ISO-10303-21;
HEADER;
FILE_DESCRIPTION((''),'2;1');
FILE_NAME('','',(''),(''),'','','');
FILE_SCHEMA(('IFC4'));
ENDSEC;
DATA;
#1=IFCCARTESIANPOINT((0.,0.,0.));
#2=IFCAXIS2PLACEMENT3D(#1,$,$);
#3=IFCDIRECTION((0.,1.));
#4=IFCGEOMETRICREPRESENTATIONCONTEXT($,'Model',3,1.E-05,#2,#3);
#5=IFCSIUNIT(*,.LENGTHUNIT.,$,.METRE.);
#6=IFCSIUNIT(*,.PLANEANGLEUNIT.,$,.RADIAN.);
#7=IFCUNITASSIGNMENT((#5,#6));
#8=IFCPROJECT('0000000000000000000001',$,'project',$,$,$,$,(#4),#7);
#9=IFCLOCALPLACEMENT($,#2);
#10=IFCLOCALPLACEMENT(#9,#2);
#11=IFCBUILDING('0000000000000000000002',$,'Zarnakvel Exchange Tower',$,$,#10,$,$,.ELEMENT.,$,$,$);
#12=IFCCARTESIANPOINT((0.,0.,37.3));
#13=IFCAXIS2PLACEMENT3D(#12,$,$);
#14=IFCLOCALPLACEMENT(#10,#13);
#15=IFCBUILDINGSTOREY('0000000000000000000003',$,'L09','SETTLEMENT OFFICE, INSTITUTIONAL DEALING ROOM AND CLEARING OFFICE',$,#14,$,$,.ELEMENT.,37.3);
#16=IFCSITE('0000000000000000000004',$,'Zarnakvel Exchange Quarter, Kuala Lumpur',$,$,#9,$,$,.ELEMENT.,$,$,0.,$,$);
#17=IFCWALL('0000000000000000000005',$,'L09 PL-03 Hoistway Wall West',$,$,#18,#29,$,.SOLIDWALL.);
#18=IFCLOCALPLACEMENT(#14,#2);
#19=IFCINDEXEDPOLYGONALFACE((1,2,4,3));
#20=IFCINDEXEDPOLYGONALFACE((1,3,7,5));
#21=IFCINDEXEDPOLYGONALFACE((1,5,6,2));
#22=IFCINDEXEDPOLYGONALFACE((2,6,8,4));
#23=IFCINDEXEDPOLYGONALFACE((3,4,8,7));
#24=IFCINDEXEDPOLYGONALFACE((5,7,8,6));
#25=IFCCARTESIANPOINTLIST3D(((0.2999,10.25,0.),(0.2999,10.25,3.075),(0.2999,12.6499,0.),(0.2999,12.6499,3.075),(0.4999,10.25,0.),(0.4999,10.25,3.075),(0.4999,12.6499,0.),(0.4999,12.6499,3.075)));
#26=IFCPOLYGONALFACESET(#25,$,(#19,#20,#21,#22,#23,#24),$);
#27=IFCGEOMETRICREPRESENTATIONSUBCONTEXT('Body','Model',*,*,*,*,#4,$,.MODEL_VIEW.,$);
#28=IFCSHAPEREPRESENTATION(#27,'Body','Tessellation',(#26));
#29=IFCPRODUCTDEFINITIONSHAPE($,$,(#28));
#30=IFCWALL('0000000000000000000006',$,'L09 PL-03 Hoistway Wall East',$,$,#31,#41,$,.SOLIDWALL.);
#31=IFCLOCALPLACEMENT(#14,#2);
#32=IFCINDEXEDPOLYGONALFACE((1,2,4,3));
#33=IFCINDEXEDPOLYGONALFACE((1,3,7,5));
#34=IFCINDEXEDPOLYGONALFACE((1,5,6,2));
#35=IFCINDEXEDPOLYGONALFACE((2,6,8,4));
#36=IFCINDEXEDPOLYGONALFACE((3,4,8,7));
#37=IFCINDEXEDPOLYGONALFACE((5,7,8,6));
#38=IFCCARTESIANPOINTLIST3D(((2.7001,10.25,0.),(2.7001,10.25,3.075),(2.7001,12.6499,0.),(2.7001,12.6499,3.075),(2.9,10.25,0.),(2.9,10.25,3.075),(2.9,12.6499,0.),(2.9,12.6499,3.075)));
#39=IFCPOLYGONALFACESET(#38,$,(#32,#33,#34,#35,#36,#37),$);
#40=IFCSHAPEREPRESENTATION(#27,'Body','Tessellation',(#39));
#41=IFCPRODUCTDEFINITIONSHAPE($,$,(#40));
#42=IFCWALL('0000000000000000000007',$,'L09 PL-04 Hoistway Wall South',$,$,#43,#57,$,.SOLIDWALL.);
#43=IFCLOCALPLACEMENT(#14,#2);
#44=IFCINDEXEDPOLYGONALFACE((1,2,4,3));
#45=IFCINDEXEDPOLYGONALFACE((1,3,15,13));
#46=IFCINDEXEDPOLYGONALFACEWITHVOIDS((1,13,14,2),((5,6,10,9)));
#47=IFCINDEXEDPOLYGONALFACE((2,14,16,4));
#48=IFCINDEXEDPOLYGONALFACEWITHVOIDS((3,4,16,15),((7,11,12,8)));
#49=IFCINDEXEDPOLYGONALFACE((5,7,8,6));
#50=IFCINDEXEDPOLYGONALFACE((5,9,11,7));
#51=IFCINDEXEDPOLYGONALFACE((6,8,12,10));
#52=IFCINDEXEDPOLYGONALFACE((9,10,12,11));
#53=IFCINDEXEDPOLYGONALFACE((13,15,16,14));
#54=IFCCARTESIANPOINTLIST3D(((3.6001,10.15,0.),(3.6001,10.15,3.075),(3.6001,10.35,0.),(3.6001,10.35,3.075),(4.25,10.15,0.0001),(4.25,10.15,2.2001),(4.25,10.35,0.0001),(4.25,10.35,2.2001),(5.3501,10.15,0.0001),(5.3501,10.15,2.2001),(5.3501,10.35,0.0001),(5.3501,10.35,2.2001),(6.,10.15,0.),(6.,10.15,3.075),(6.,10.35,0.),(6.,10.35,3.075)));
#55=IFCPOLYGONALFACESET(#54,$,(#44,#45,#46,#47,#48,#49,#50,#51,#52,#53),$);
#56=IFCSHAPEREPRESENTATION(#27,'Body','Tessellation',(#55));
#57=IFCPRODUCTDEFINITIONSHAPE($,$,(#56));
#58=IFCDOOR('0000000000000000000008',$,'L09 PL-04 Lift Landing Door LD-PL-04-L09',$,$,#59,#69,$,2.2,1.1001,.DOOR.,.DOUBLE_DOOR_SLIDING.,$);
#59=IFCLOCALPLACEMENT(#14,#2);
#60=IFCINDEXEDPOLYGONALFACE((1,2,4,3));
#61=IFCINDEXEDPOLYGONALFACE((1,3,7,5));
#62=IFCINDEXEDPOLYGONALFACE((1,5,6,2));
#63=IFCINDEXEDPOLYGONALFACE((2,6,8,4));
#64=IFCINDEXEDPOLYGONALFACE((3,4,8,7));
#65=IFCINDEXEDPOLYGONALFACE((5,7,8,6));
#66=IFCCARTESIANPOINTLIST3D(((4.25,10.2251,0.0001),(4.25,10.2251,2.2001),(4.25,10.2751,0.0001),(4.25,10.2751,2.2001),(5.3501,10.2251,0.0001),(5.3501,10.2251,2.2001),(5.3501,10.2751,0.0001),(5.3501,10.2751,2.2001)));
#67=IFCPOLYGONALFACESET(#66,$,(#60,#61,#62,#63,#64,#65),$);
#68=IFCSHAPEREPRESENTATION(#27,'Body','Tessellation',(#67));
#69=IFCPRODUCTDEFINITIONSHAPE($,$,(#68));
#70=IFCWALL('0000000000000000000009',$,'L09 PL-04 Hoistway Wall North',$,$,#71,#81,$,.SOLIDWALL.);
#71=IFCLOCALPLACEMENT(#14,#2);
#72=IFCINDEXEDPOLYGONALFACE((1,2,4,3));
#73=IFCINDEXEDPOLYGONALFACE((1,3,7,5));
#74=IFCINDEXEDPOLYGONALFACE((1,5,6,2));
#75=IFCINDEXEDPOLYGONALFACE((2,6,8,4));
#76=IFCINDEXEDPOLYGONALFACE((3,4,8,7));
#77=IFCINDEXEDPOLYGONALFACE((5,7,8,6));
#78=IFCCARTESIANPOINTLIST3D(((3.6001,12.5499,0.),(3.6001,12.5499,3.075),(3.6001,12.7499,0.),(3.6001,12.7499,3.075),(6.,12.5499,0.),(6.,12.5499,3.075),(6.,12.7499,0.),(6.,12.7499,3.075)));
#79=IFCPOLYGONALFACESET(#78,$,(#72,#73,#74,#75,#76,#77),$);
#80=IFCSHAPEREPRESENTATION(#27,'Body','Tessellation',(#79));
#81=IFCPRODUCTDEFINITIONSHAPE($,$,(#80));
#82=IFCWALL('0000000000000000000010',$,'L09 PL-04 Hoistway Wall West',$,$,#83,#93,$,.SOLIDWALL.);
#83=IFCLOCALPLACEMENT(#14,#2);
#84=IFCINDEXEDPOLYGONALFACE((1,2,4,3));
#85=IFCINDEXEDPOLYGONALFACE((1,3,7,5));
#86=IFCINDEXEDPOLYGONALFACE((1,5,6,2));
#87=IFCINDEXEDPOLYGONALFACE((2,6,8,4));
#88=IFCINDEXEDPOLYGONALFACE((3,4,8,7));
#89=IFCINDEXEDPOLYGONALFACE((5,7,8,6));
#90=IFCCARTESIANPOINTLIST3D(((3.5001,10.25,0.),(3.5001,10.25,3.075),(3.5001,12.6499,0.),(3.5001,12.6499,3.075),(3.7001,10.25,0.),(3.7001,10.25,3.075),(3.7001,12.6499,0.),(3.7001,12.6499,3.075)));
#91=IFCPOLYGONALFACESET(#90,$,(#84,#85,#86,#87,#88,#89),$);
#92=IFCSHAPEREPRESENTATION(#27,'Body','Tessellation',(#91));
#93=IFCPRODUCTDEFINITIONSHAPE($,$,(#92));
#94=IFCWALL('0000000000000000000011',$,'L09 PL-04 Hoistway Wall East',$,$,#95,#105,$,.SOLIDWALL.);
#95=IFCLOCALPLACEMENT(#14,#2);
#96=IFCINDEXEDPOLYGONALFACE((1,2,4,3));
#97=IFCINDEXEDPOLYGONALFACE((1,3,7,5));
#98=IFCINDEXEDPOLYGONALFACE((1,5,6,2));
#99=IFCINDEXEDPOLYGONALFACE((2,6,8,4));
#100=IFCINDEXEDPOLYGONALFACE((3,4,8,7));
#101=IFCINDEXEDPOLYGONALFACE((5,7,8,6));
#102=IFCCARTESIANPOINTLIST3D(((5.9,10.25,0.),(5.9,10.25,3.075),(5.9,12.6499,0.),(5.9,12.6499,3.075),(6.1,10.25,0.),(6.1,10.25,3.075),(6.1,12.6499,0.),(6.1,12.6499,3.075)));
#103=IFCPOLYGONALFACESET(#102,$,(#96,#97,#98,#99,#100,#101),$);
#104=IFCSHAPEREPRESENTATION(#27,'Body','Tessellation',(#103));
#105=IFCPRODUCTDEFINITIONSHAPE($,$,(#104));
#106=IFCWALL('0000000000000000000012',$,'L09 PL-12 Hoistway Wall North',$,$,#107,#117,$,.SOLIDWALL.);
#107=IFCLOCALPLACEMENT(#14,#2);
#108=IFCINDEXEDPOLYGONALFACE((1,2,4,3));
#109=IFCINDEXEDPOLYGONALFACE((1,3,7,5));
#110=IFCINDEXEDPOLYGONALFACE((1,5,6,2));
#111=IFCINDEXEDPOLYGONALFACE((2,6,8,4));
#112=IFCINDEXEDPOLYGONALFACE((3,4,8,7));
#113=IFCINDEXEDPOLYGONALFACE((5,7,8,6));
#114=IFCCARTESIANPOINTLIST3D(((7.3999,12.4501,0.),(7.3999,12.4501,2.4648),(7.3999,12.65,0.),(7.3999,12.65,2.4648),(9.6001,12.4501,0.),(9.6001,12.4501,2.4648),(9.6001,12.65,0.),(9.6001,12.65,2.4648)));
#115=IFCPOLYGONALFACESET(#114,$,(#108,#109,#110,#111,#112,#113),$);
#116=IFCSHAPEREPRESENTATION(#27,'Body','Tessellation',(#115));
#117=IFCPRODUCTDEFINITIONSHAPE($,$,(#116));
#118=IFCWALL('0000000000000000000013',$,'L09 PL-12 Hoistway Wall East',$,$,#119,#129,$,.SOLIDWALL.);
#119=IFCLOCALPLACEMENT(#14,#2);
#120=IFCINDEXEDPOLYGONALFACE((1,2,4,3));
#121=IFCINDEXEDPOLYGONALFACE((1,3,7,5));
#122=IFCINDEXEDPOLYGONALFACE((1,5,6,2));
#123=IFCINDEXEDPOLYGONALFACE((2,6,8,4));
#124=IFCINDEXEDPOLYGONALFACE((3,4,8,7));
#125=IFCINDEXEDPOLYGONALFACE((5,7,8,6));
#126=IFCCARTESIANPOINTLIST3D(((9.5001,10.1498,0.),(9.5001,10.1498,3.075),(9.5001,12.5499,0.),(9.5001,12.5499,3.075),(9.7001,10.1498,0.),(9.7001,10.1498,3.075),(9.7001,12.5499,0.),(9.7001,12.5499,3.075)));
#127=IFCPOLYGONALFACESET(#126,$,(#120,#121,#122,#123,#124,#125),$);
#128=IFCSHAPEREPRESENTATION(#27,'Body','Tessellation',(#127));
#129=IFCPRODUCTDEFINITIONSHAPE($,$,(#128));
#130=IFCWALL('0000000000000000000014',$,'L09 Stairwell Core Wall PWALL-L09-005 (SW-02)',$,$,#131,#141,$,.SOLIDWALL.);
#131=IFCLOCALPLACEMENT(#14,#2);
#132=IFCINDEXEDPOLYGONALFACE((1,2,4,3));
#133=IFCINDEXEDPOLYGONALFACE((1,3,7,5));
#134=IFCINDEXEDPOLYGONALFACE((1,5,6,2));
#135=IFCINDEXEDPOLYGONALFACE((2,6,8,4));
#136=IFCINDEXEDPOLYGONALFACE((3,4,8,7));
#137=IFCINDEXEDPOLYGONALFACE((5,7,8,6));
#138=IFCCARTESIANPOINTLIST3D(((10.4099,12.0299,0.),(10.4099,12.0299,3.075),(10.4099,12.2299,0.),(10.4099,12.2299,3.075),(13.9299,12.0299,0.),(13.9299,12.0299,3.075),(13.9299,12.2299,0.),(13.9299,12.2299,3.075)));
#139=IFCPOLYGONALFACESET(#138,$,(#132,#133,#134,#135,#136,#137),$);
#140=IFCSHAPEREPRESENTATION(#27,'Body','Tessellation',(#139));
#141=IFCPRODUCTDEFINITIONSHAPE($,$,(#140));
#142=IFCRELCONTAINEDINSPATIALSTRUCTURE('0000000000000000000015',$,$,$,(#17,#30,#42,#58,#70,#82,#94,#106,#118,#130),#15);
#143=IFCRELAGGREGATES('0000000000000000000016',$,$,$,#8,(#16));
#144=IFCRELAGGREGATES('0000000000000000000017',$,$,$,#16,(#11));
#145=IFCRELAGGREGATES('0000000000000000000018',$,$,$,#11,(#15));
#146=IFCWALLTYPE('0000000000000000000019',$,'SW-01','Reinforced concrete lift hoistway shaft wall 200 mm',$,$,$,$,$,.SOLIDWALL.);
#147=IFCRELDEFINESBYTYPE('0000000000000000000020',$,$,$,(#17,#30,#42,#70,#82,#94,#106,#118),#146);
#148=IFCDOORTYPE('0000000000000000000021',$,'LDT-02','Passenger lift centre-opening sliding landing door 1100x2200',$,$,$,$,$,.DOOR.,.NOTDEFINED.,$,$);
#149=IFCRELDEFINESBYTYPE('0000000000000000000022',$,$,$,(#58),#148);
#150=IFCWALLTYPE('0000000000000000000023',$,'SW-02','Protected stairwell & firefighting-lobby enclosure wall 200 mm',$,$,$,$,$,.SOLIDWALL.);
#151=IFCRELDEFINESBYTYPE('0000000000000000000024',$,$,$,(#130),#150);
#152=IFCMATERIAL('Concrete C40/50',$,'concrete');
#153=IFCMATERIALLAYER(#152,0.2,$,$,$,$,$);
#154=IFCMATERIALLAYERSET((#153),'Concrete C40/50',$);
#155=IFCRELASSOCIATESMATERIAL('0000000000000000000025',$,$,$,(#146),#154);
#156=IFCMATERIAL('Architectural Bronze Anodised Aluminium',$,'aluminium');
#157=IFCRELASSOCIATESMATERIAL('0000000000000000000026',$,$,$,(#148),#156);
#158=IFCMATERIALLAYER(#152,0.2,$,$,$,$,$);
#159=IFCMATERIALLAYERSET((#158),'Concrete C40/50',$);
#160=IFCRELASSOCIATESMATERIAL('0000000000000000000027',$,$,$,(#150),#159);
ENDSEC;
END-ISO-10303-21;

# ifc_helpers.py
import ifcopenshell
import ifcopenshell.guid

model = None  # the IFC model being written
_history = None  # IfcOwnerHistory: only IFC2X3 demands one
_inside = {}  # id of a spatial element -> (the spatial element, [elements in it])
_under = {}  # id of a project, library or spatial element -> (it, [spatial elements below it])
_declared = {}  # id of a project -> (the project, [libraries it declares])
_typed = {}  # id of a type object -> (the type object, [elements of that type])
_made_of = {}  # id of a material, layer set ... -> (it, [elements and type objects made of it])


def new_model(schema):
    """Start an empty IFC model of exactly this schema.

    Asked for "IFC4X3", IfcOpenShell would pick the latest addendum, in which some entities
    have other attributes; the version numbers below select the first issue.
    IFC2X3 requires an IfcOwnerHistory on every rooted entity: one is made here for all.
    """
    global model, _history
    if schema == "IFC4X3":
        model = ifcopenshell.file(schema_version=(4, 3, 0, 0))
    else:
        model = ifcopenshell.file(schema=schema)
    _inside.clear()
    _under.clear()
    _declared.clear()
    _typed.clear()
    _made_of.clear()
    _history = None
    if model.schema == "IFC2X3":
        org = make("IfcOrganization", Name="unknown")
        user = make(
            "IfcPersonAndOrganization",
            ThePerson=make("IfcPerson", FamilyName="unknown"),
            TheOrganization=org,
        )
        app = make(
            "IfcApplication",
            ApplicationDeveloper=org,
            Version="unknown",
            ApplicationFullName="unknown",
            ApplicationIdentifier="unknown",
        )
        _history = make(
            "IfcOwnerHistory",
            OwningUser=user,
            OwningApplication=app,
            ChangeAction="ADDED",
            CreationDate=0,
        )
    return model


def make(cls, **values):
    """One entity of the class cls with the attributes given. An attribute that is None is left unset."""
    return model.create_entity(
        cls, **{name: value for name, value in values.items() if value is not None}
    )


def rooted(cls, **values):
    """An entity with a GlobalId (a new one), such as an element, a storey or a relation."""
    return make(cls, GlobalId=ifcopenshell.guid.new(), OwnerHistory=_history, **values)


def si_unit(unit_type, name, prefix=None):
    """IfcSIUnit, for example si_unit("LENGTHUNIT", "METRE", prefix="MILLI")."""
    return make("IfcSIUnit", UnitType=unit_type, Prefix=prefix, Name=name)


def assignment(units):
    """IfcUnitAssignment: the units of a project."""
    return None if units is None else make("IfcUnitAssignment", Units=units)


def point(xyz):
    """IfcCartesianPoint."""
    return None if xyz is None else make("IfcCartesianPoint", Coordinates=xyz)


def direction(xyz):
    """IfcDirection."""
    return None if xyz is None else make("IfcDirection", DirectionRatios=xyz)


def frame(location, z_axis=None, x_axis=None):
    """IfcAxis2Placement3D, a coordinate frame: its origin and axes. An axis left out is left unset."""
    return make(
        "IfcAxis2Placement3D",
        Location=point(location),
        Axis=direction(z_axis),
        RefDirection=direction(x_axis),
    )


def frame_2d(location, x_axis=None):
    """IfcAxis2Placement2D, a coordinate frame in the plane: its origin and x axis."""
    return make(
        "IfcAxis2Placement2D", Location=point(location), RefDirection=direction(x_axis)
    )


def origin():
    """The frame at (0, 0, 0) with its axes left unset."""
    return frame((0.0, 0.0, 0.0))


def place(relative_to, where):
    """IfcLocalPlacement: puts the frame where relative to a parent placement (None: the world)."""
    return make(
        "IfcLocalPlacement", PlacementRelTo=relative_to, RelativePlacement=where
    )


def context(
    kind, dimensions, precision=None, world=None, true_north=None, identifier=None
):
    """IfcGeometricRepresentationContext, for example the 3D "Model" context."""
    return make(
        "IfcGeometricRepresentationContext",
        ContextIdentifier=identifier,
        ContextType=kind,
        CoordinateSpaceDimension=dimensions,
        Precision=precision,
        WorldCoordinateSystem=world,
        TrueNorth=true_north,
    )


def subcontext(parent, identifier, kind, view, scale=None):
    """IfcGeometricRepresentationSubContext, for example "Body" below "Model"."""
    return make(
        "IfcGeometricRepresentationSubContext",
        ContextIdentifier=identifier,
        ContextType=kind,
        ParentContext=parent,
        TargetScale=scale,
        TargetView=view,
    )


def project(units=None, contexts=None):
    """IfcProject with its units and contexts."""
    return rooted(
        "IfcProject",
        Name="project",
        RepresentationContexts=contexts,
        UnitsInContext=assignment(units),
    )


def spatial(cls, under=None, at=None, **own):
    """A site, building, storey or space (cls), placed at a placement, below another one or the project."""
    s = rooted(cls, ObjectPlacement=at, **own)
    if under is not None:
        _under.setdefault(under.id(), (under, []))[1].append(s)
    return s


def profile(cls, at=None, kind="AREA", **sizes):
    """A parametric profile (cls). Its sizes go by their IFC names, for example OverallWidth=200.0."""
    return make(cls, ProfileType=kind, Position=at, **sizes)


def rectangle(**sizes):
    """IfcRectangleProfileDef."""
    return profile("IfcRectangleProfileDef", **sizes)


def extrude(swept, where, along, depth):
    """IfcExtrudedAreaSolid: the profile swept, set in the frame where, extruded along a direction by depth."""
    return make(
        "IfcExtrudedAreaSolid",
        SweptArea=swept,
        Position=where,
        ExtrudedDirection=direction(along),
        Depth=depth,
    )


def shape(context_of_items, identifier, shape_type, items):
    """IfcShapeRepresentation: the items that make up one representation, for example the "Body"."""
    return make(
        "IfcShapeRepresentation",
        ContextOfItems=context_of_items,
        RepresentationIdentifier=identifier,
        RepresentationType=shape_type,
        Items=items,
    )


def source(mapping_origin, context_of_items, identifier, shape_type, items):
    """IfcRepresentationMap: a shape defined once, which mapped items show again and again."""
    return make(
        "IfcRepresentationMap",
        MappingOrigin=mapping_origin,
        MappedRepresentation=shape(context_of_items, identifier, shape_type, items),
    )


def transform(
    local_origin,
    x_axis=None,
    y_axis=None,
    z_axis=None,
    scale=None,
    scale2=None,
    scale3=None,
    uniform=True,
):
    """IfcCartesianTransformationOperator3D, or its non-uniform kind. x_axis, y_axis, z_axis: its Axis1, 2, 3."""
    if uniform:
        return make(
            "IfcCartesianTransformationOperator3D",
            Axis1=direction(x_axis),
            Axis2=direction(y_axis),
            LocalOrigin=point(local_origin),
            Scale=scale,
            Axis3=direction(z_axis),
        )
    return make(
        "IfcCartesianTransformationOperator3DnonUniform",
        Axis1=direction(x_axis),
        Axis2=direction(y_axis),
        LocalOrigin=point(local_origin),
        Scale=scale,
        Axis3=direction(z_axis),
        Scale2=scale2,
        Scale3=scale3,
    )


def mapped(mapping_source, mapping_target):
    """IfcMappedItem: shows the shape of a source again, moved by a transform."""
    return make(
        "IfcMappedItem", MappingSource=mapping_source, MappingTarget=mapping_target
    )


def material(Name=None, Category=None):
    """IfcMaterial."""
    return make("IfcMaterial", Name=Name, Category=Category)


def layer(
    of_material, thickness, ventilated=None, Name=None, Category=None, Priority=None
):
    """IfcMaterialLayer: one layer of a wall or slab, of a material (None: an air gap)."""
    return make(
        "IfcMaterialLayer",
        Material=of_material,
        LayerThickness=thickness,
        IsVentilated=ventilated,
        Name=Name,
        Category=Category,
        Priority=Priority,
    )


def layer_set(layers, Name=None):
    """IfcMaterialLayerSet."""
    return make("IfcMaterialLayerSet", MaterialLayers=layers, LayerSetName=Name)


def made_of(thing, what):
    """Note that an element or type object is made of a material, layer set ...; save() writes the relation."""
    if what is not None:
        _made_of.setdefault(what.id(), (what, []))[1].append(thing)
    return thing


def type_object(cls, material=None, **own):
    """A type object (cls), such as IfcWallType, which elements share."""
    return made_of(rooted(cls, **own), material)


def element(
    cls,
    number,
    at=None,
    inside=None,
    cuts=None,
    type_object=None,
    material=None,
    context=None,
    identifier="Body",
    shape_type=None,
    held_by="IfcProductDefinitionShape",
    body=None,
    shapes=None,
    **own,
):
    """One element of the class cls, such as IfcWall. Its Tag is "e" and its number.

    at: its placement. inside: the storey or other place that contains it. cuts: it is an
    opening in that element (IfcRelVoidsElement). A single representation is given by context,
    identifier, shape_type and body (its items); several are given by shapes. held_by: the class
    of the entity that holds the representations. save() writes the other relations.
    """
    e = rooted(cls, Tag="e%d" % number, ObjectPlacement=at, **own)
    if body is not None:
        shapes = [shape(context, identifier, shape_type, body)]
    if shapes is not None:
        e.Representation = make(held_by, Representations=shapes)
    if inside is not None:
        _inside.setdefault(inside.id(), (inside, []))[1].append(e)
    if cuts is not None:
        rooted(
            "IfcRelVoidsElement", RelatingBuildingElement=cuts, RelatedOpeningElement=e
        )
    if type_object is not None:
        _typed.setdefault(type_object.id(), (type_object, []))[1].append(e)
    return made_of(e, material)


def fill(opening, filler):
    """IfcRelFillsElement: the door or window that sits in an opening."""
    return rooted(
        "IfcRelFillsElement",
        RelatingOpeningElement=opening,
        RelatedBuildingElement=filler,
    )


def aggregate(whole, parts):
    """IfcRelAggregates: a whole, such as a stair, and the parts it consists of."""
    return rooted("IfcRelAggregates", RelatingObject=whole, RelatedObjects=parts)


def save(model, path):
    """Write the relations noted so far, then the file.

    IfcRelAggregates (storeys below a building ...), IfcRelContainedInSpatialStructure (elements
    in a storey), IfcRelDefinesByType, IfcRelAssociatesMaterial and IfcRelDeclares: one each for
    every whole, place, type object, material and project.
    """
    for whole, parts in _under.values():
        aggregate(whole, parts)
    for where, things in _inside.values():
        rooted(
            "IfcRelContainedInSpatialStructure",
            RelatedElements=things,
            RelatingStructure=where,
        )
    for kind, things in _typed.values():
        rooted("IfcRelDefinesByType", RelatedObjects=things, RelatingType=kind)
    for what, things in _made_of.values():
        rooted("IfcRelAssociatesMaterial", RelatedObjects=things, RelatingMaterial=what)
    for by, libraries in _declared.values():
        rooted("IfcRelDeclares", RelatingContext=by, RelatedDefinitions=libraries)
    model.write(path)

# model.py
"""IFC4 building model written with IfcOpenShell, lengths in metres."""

from ifc_helpers import new_model, si_unit, direction, frame, frame_2d, origin, place, context, subcontext, project, spatial, rectangle, extrude, source, transform, mapped, material, layer, layer_set, type_object, element, fill, save


model = new_model("IFC4")

# Units and contexts
model_context = context("Model", 3, precision=1e-05, world=origin(), true_north=direction((0.0, 1.0)))
body_context = subcontext(model_context, "Body", "Model", "MODEL_VIEW")
ifc_project = project(units=[si_unit("LENGTHUNIT", "METRE"), si_unit("PLANEANGLEUNIT", "RADIAN")], contexts=[model_context])

# Site, building, storey
site_placement = place(None, origin())
site = spatial("IfcSite", under=ifc_project, at=site_placement, Name="Zarnakvel Exchange Quarter, Kuala Lumpur", CompositionType="ELEMENT", RefElevation=0.0)
building_placement = place(site_placement, origin())
building = spatial("IfcBuilding", under=site, at=building_placement, Name="Zarnakvel Exchange Tower", CompositionType="ELEMENT")
storey_placement = place(building_placement, frame((0.0, 0.0, 37.3)))
storey = spatial("IfcBuildingStorey", under=building, at=storey_placement, Name="L09", Description="SETTLEMENT OFFICE, INSTITUTIONAL DEALING ROOM AND CLEARING OFFICE", CompositionType="ELEMENT", Elevation=37.3)

# Shared definitions
ifc_material_1 = material(Name="Architectural Bronze Anodised Aluminium", Category="aluminium")

# Shared definitions
ifc_material_2 = material(Name="Concrete C40/50", Category="concrete")
ifc_layer_1 = layer(ifc_material_2, 0.2)
ifc_layer_set_1 = layer_set([ifc_layer_1], Name="Concrete C40/50")
wall_type_1 = type_object("IfcWallType", Name="SW-01", Description="Reinforced concrete lift hoistway shaft wall 200 mm", PredefinedType="SOLIDWALL", material=ifc_layer_set_1)
door_type = type_object("IfcDoorType", Name="LDT-02", Description="Passenger lift centre-opening sliding landing door 1100x2200", OperationType="NOTDEFINED", PredefinedType="DOOR", material=ifc_material_1)
shared_shape_1 = source(origin(), body_context, "Body", "SweptSolid", [
    extrude(rectangle(XDim=1.1001, YDim=2.2, at=frame_2d((0.55, 1.1001))), frame((0.0, 0.0249, 0.0), z_axis=(0.0, -1.0, 0.0), x_axis=(1.0, 0.0, 0.0)), (0.0, 0.0, 1.0), 0.05),
])

# Walls
for number, where, z_axis, x_axis, name in (
    (1, (0.3999, 10.25, 0.0), (0.0, 0.0, 1.0), (0.0, 1.0, 0.0), "L09 PL-03 Hoistway Wall West"),
    (2, (2.8, 12.6499, 0.0), (0.0, 0.0, 1.0), (0.0, -1.0, 0.0), "L09 PL-03 Hoistway Wall East"),
):
    element("IfcWall", number, at=place(storey_placement, frame(where, z_axis=z_axis, x_axis=x_axis)), inside=storey, type_object=wall_type_1, Name=name, PredefinedType="SOLIDWALL", context=body_context, shape_type="SweptSolid", body=[
        extrude(rectangle(XDim=2.3999, YDim=0.2, at=frame_2d((1.2, 0.0))), origin(), (0.0, 0.0, 1.0), 3.075),
    ])

# Wall, opening, door
wall_1_placement = place(storey_placement, frame((6.0, 10.25, 0.0), z_axis=(0.0, 0.0, 1.0), x_axis=(-1.0, 0.0, 0.0)))
wall_1 = element("IfcWall", 3, at=wall_1_placement, inside=storey, type_object=wall_type_1, Name="L09 PL-04 Hoistway Wall South", PredefinedType="SOLIDWALL", context=body_context, shape_type="SweptSolid", body=[
    extrude(rectangle(XDim=2.3999, YDim=0.2, at=frame_2d((1.2, 0.0))), origin(), (0.0, 0.0, 1.0), 3.075),
])
opening_1_placement = place(wall_1_placement, frame((0.6499, 0.0, 0.0)))
opening_1 = element("IfcOpeningElement", 4, at=opening_1_placement, cuts=wall_1, PredefinedType="OPENING", context=body_context, shape_type="SweptSolid", body=[
    extrude(rectangle(XDim=1.1001, YDim=2.2, at=frame_2d((0.55, 1.1001))), frame((0.0, 0.1099, 0.0), z_axis=(0.0, -1.0, 0.0), x_axis=(1.0, 0.0, 0.0)), (0.0, 0.0, 1.0), 0.22),
])
door_1_placement = place(opening_1_placement, origin())
door_1 = element("IfcDoor", 5, at=door_1_placement, inside=storey, type_object=door_type, Name="L09 PL-04 Lift Landing Door LD-PL-04-L09", OperationType="DOUBLE_DOOR_SLIDING", OverallHeight=2.2, OverallWidth=1.1001, PredefinedType="DOOR", context=body_context, shape_type="MappedRepresentation", body=[
    mapped(shared_shape_1, transform((0.0, 0.0, 0.0), x_axis=(1.0, 0.0, 0.0), y_axis=(0.0, 1.0, 0.0), z_axis=(0.0, 0.0, 1.0), scale=1.0)),
])
fill(opening_1, door_1)

# Walls
for number, where, z_axis, x_axis, name in (
    (6, (3.6001, 12.6499, 0.0), (0.0, 0.0, 1.0), (1.0, 0.0, 0.0), "L09 PL-04 Hoistway Wall North"),
    (7, (3.6001, 10.25, 0.0), (0.0, 0.0, 1.0), (0.0, 1.0, 0.0), "L09 PL-04 Hoistway Wall West"),
    (8, (6.0, 12.6499, 0.0), (0.0, 0.0, 1.0), (0.0, -1.0, 0.0), "L09 PL-04 Hoistway Wall East"),
):
    element("IfcWall", number, at=place(storey_placement, frame(where, z_axis=z_axis, x_axis=x_axis)), inside=storey, type_object=wall_type_1, Name=name, PredefinedType="SOLIDWALL", context=body_context, shape_type="SweptSolid", body=[
        extrude(rectangle(XDim=2.3999, YDim=0.2, at=frame_2d((1.2, 0.0))), origin(), (0.0, 0.0, 1.0), 3.075),
    ])
wall_2_placement = place(storey_placement, frame((7.3999, 12.55, 0.0), z_axis=(0.0, 0.0, 1.0), x_axis=(1.0, 0.0, 0.0)))
element("IfcWall", 9, at=wall_2_placement, inside=storey, type_object=wall_type_1, Name="L09 PL-12 Hoistway Wall North", PredefinedType="SOLIDWALL", context=body_context, shape_type="SweptSolid", body=[
    extrude(rectangle(XDim=2.2002, YDim=0.2, at=frame_2d((1.1001, 0.0))), origin(), (0.0, 0.0, 1.0), 2.4648),
])
wall_3_placement = place(storey_placement, frame((9.6001, 12.55, 0.0), z_axis=(0.0, 0.0, 1.0), x_axis=(0.0, -1.0, 0.0)))
element("IfcWall", 10, at=wall_3_placement, inside=storey, type_object=wall_type_1, Name="L09 PL-12 Hoistway Wall East", PredefinedType="SOLIDWALL", context=body_context, shape_type="SweptSolid", body=[
    extrude(rectangle(XDim=2.4001, YDim=0.2, at=frame_2d((1.2002, 0.0))), origin(), (0.0, 0.0, 1.0), 3.075),
])
ifc_layer_2 = layer(ifc_material_2, 0.2)
ifc_layer_set_2 = layer_set([ifc_layer_2], Name="Concrete C40/50")
wall_type_2 = type_object("IfcWallType", Name="SW-02", Description="Protected stairwell & firefighting-lobby enclosure wall 200 mm", PredefinedType="SOLIDWALL", material=ifc_layer_set_2)
wall_4_placement = place(storey_placement, frame((10.4099, 12.1299, 0.0), z_axis=(0.0, 0.0, 1.0), x_axis=(1.0, 0.0, 0.0)))
element("IfcWall", 11, at=wall_4_placement, inside=storey, type_object=wall_type_2, Name="L09 Stairwell Core Wall PWALL-L09-005 (SW-02)", PredefinedType="SOLIDWALL", context=body_context, shape_type="SweptSolid", body=[
    extrude(rectangle(XDim=3.52, YDim=0.2, at=frame_2d((1.76, 0.0))), origin(), (0.0, 0.0, 1.0), 3.075),
])

save(model, "model.ifc")
